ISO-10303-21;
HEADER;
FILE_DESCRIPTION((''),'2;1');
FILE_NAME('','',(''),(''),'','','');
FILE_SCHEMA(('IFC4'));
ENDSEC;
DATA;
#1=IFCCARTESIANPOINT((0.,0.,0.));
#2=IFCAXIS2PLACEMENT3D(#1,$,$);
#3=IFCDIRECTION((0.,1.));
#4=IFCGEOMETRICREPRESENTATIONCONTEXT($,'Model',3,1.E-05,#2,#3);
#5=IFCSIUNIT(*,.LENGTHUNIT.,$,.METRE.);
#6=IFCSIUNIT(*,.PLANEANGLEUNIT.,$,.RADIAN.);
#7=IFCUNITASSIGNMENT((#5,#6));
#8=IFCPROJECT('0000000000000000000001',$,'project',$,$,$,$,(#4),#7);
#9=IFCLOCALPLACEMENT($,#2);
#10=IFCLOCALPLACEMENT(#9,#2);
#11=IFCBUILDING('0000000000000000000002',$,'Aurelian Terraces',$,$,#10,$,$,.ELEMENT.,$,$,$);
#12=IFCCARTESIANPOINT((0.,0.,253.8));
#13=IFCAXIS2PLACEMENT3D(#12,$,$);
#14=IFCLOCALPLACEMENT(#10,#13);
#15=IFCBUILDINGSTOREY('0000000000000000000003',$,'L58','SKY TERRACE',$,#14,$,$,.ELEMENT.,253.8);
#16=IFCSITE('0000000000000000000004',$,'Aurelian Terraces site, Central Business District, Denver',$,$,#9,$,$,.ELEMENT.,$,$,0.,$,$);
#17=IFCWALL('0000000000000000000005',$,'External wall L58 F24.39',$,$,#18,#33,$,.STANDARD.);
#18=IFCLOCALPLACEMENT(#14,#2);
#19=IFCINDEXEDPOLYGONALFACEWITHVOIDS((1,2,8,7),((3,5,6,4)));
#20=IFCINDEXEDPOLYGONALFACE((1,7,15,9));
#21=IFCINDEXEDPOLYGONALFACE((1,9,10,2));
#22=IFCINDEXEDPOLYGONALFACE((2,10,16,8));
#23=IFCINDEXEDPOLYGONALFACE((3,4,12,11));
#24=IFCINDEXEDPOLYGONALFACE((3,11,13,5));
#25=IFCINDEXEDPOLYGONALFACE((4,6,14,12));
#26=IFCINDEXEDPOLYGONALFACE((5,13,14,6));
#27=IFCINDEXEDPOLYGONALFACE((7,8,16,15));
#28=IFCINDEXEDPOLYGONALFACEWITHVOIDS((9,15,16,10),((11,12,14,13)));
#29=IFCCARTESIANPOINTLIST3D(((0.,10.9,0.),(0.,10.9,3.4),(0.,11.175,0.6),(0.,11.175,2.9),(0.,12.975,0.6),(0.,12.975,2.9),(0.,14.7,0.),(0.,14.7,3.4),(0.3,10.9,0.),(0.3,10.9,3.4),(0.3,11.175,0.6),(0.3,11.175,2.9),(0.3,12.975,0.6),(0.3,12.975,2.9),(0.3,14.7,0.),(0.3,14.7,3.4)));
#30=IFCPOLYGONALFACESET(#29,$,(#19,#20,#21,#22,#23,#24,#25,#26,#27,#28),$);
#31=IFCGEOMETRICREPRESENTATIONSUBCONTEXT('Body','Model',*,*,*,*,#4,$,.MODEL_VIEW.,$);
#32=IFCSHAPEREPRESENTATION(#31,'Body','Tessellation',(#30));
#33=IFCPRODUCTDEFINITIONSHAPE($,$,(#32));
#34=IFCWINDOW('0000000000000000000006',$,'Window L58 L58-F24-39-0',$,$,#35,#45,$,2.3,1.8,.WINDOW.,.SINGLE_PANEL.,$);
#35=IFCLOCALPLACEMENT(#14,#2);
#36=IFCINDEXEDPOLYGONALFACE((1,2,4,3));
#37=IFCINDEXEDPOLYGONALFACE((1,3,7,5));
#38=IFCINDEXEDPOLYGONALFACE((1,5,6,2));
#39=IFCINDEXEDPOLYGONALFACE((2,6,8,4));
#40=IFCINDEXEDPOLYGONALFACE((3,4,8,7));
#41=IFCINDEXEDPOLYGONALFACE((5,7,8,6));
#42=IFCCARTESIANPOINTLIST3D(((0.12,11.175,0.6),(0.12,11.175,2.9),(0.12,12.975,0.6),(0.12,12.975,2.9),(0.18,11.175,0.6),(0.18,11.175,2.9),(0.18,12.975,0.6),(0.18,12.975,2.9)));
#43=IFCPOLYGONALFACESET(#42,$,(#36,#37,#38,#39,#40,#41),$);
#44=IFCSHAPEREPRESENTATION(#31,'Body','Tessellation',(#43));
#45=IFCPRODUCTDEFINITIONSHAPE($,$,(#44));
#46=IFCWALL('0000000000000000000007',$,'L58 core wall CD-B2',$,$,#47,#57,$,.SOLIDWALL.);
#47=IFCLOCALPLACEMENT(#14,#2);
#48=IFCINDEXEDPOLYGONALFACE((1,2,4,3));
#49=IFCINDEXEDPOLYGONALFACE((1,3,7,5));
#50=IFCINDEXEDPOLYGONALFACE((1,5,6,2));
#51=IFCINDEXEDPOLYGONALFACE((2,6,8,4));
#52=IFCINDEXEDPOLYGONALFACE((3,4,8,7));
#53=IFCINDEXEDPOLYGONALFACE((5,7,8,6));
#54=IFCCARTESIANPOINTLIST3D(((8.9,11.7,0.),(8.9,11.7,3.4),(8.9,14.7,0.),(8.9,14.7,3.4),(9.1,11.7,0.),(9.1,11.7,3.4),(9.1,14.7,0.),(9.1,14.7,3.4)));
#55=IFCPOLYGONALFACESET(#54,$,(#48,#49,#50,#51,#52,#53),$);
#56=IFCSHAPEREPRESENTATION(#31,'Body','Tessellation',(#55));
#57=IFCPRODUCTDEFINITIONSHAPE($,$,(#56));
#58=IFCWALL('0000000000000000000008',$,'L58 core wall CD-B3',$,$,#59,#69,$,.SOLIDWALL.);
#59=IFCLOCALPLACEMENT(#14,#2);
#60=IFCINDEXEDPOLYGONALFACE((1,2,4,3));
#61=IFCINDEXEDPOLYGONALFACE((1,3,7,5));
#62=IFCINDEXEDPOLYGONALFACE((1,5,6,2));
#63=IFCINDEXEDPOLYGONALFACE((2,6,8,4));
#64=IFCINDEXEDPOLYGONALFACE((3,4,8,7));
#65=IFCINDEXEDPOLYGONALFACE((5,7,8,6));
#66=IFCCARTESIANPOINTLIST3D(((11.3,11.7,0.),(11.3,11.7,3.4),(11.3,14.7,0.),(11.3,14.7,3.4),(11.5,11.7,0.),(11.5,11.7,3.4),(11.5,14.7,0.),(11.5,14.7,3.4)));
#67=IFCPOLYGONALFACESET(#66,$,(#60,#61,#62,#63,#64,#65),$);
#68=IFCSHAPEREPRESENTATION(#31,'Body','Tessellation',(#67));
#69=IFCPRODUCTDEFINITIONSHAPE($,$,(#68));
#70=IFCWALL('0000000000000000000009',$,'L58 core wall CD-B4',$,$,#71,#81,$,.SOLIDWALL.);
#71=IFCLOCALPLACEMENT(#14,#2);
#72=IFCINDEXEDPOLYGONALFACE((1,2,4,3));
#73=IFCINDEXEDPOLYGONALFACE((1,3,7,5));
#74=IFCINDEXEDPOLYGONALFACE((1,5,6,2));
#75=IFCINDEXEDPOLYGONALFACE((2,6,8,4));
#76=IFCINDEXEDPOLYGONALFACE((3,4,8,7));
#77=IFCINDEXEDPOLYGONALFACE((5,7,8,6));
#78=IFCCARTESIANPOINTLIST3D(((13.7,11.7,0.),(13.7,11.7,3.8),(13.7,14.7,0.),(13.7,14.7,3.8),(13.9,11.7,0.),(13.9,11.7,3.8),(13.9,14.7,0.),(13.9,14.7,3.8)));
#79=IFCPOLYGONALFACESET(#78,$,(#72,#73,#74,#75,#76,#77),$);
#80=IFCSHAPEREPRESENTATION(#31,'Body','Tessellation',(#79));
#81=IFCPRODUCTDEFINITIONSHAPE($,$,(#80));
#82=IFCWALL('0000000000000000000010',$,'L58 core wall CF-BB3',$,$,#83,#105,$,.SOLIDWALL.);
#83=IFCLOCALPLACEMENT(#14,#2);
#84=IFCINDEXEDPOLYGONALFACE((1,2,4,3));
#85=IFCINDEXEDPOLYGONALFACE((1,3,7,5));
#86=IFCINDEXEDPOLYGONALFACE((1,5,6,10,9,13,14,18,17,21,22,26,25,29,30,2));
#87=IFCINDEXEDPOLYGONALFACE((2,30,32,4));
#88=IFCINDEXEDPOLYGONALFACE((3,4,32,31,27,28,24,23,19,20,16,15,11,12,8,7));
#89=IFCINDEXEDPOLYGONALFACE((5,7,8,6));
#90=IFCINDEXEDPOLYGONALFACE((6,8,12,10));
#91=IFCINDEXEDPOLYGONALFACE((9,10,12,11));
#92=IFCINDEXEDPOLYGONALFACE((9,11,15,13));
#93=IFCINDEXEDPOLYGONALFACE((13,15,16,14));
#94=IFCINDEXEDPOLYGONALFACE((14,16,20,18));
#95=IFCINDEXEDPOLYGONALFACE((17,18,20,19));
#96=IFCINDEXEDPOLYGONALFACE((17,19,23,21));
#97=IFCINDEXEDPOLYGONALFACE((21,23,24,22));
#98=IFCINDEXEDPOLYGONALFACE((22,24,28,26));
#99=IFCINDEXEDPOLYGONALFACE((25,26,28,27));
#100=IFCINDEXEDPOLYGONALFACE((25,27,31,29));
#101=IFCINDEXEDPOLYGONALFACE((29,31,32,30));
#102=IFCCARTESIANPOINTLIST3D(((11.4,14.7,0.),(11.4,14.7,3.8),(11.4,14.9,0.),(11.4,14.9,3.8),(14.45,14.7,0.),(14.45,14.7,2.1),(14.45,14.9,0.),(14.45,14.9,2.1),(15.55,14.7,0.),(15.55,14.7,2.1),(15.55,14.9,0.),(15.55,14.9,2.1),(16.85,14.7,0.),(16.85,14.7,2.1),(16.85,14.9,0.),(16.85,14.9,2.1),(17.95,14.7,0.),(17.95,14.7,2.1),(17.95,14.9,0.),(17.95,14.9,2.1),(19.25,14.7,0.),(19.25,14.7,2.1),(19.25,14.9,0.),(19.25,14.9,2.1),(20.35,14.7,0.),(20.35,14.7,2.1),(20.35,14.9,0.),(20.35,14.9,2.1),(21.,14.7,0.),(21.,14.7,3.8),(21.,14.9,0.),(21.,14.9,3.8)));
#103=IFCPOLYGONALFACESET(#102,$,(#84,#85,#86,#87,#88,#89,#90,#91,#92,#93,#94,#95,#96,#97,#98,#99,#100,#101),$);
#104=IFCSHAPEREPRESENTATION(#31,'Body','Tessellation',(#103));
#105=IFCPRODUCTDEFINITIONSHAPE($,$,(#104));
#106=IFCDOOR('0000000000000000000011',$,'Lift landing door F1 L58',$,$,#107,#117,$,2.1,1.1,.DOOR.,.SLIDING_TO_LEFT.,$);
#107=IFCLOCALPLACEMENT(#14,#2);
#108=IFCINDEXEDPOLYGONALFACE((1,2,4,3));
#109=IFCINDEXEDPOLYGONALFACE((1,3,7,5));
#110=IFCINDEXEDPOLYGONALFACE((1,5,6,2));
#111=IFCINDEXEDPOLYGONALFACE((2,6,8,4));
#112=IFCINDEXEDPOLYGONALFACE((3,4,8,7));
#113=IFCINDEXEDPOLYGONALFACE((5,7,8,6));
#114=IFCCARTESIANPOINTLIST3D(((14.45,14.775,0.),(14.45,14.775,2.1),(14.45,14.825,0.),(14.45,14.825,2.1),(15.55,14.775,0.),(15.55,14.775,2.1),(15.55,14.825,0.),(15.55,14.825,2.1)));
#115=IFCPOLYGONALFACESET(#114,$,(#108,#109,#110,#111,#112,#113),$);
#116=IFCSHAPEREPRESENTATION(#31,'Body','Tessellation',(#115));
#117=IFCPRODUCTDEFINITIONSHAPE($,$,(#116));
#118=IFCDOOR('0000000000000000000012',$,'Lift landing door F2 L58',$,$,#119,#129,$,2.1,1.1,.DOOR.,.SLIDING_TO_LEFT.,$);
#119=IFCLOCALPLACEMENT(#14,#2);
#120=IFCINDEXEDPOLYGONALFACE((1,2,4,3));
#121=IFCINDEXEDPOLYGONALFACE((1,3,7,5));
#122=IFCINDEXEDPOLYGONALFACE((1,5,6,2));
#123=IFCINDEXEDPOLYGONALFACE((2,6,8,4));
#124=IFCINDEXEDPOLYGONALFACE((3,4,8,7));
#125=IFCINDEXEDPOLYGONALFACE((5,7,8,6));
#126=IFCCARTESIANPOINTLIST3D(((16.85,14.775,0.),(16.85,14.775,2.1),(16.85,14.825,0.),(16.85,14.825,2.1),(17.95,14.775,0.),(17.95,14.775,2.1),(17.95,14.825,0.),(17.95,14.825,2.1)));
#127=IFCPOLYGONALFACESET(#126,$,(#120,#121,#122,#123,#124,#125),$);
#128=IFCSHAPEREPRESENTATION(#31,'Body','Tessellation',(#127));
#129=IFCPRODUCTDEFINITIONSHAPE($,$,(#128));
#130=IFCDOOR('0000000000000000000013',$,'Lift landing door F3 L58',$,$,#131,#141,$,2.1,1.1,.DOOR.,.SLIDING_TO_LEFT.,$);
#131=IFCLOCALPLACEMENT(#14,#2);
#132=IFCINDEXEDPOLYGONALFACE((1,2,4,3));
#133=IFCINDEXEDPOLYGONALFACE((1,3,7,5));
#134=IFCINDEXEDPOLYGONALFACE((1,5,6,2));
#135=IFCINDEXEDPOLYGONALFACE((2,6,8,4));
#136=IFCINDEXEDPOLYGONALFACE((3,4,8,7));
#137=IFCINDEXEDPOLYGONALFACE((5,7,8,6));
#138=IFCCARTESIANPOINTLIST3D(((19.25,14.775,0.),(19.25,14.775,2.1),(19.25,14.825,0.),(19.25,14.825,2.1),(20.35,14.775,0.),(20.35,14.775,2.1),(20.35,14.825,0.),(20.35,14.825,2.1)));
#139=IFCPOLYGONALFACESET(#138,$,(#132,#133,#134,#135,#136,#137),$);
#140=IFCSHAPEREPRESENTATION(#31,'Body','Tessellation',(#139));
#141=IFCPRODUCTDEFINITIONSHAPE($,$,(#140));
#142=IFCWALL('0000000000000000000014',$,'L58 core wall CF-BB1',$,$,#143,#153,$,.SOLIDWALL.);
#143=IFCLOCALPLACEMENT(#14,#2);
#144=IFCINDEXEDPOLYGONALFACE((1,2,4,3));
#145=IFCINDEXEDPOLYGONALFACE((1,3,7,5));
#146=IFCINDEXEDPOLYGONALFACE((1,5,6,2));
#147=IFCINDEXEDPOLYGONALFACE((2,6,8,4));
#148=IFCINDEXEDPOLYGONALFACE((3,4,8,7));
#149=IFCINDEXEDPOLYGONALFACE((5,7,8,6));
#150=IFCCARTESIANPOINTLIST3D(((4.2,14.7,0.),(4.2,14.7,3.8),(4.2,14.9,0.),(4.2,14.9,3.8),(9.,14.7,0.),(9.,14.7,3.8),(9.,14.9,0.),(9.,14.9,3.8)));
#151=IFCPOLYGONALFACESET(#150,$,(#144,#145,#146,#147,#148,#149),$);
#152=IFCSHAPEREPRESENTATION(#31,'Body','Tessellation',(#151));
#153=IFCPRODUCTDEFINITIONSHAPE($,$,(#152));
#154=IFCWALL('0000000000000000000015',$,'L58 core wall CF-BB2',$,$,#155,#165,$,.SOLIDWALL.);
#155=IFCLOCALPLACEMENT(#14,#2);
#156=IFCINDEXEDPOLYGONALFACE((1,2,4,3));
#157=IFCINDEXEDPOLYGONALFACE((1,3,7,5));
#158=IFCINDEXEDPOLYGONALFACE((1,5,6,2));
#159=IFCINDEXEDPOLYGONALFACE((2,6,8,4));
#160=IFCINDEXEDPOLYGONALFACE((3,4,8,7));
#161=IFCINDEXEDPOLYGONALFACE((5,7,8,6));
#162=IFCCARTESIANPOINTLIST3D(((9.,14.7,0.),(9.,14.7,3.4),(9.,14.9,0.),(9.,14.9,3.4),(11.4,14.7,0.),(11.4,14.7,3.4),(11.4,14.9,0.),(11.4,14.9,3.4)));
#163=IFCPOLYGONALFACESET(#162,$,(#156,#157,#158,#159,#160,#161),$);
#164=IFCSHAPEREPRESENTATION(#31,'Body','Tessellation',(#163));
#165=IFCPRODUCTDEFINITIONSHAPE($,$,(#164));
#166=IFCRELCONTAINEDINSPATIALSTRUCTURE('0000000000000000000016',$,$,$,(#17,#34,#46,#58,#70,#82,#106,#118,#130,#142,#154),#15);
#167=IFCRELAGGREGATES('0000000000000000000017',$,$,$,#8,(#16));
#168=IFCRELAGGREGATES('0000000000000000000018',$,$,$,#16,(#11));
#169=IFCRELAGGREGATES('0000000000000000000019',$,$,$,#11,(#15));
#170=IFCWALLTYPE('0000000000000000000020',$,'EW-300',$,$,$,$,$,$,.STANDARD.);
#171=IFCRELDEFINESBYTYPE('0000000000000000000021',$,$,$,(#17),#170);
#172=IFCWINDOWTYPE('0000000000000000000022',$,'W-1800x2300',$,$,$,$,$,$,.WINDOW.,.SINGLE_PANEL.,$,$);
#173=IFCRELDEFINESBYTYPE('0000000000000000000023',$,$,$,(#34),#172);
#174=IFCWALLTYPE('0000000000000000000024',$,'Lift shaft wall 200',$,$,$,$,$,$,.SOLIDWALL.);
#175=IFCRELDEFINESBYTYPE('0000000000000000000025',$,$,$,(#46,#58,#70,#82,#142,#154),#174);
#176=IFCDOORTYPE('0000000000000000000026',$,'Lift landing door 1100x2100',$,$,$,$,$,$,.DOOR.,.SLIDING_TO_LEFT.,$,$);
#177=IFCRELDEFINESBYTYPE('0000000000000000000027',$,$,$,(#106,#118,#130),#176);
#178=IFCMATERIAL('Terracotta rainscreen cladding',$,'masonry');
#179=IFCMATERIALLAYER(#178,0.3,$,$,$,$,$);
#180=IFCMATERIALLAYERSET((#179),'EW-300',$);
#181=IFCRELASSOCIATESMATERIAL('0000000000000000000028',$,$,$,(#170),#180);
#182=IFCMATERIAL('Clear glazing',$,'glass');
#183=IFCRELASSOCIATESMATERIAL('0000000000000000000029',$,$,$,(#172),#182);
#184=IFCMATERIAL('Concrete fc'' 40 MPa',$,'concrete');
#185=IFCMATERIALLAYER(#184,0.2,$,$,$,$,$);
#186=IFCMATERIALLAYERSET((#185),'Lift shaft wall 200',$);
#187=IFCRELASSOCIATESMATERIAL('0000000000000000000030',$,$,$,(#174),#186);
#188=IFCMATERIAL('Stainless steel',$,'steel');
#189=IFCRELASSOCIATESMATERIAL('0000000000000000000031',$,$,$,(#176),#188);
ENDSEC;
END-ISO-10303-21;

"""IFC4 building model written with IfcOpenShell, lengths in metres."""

from ifc_helpers import new_model, si_unit, direction, frame, frame_2d, origin, place, context, subcontext, project, spatial, rectangle, extrude, source, transform, mapped, material, layer, layer_set, type_object, element, fill, save


model = new_model("IFC4")

# Units and contexts
model_context = context("Model", 3, precision=1e-05, world=origin(), true_north=direction((0.0, 1.0)))
body_context = subcontext(model_context, "Body", "Model", "MODEL_VIEW")
ifc_project = project(units=[si_unit("LENGTHUNIT", "METRE"), si_unit("PLANEANGLEUNIT", "RADIAN")], contexts=[model_context])

# Site, building, storey
site_placement = place(None, origin())
site = spatial("IfcSite", under=ifc_project, at=site_placement, Name="Aurelian Terraces site, Central Business District, Denver", CompositionType="ELEMENT", RefElevation=0.0)
building_placement = place(site_placement, origin())
building = spatial("IfcBuilding", under=site, at=building_placement, Name="Aurelian Terraces", CompositionType="ELEMENT")
storey_placement = place(building_placement, frame((0.0, 0.0, 253.8)))
storey = spatial("IfcBuildingStorey", under=building, at=storey_placement, Name="L58", Description="SKY TERRACE", CompositionType="ELEMENT", Elevation=253.8)

# Wall, opening, window
ifc_material_1 = material(Name="Terracotta rainscreen cladding", Category="masonry")
ifc_layer_1 = layer(ifc_material_1, 0.3)
ifc_layer_set_1 = layer_set([ifc_layer_1], Name="EW-300")
wall_type_1 = type_object("IfcWallType", Name="EW-300", PredefinedType="STANDARD", material=ifc_layer_set_1)
shared_shape_1 = source(origin(), body_context, "Body", "SweptSolid", [
    extrude(rectangle(XDim=3.8, YDim=0.3, at=frame_2d((1.9, 0.0))), origin(), (0.0, 0.0, 1.0), 3.4),
])
wall_1_placement = place(storey_placement, frame((0.15, 14.7, 0.0), z_axis=(0.0, 0.0, 1.0), x_axis=(0.0, -1.0, 0.0)))
wall_1 = element("IfcWall", 1, at=wall_1_placement, inside=storey, type_object=wall_type_1, Name="External wall L58 F24.39", PredefinedType="STANDARD", context=body_context, shape_type="MappedRepresentation", body=[
    mapped(shared_shape_1, transform((0.0, 0.0, 0.0), scale=1.0)),
])
shared_shape_2 = source(origin(), body_context, "Body", "SweptSolid", [
    extrude(rectangle(XDim=1.8, YDim=2.3, at=frame_2d((0.9, 1.15))), frame((0.0, 0.16, 0.0), z_axis=(0.0, -1.0, 0.0), x_axis=(1.0, 0.0, 0.0)), (0.0, 0.0, 1.0), 0.32),
])
opening_1_placement = place(wall_1_placement, frame((1.725, 0.0, 0.6)))
opening_1 = element("IfcOpeningElement", 2, at=opening_1_placement, cuts=wall_1, PredefinedType="OPENING", context=body_context, shape_type="MappedRepresentation", body=[
    mapped(shared_shape_2, transform((0.0, 0.0, 0.0), scale=1.0)),
])
ifc_material_2 = material(Name="Clear glazing", Category="glass")
window_type = type_object("IfcWindowType", Name="W-1800x2300", PartitioningType="SINGLE_PANEL", PredefinedType="WINDOW", material=ifc_material_2)
shared_shape_3 = source(origin(), body_context, "Body", "SweptSolid", [
    extrude(rectangle(XDim=1.8, YDim=2.3, at=frame_2d((0.9, 1.15))), frame((0.0, 0.03, 0.0), z_axis=(0.0, -1.0, 0.0), x_axis=(1.0, 0.0, 0.0)), (0.0, 0.0, 1.0), 0.06),
])
window_placement = place(opening_1_placement, origin())
window = element("IfcWindow", 3, at=window_placement, inside=storey, type_object=window_type, Name="Window L58 L58-F24-39-0", OverallHeight=2.3, OverallWidth=1.8, PartitioningType="SINGLE_PANEL", PredefinedType="WINDOW", context=body_context, shape_type="MappedRepresentation", body=[
    mapped(shared_shape_3, transform((0.0, 0.0, 0.0), scale=1.0)),
])
fill(opening_1, window)

# Walls
ifc_material_3 = material(Name="Concrete fc' 40 MPa", Category="concrete")
ifc_layer_2 = layer(ifc_material_3, 0.2)
ifc_layer_set_2 = layer_set([ifc_layer_2], Name="Lift shaft wall 200")
wall_type_2 = type_object("IfcWallType", Name="Lift shaft wall 200", PredefinedType="SOLIDWALL", material=ifc_layer_set_2)
shared_shape_4 = source(origin(), body_context, "Body", "SweptSolid", [
    extrude(rectangle(XDim=3.0, YDim=0.2, at=frame_2d((1.5, 0.0))), origin(), (0.0, 0.0, 1.0), 3.4),
])
for number, where, z_axis, x_axis, name in (
    (4, (9.0, 11.7, 0.0), (0.0, 0.0, 1.0), (0.0, 1.0, 0.0), "L58 core wall CD-B2"),
    (5, (11.4, 11.7, 0.0), (0.0, 0.0, 1.0), (0.0, 1.0, 0.0), "L58 core wall CD-B3"),
):
    element("IfcWall", number, at=place(storey_placement, frame(where, z_axis=z_axis, x_axis=x_axis)), inside=storey, type_object=wall_type_2, Name=name, PredefinedType="SOLIDWALL", context=body_context, shape_type="MappedRepresentation", body=[
        mapped(shared_shape_4, transform((0.0, 0.0, 0.0), scale=1.0)),
    ])
shared_shape_5 = source(origin(), body_context, "Body", "SweptSolid", [
    extrude(rectangle(XDim=3.0, YDim=0.2, at=frame_2d((1.5, 0.0))), origin(), (0.0, 0.0, 1.0), 3.8),
])
wall_2_placement = place(storey_placement, frame((13.8, 11.7, 0.0), z_axis=(0.0, 0.0, 1.0), x_axis=(0.0, 1.0, 0.0)))
element("IfcWall", 6, at=wall_2_placement, inside=storey, type_object=wall_type_2, Name="L58 core wall CD-B4", PredefinedType="SOLIDWALL", context=body_context, shape_type="MappedRepresentation", body=[
    mapped(shared_shape_5, transform((0.0, 0.0, 0.0), scale=1.0)),
])

# Wall, openings, doors
shared_shape_6 = source(origin(), body_context, "Body", "SweptSolid", [
    extrude(rectangle(XDim=9.6, YDim=0.2, at=frame_2d((4.8, 0.0))), origin(), (0.0, 0.0, 1.0), 3.8),
])
wall_3_placement = place(storey_placement, frame((11.4, 14.8, 0.0), z_axis=(0.0, 0.0, 1.0), x_axis=(1.0, 0.0, 0.0)))
wall_3 = element("IfcWall", 7, at=wall_3_placement, inside=storey, type_object=wall_type_2, Name="L58 core wall CF-BB3", PredefinedType="SOLIDWALL", context=body_context, shape_type="MappedRepresentation", body=[
    mapped(shared_shape_6, transform((0.0, 0.0, 0.0), scale=1.0)),
])
shared_shape_7 = source(origin(), body_context, "Body", "SweptSolid", [
    extrude(rectangle(XDim=1.1, YDim=2.1, at=frame_2d((0.55, 1.05))), frame((0.0, 0.11, 0.0), z_axis=(0.0, -1.0, 0.0), x_axis=(1.0, 0.0, 0.0)), (0.0, 0.0, 1.0), 0.22),
])
opening_2_placement = place(wall_3_placement, frame((3.05, 0.0, 0.0)))
opening_2 = element("IfcOpeningElement", 8, at=opening_2_placement, cuts=wall_3, PredefinedType="OPENING", context=body_context, shape_type="MappedRepresentation", body=[
    mapped(shared_shape_7, transform((0.0, 0.0, 0.0), scale=1.0)),
])
opening_3_placement = place(wall_3_placement, frame((5.45, 0.0, 0.0)))
opening_3 = element("IfcOpeningElement", 9, at=opening_3_placement, cuts=wall_3, PredefinedType="OPENING", context=body_context, shape_type="MappedRepresentation", body=[
    mapped(shared_shape_7, transform((0.0, 0.0, 0.0), scale=1.0)),
])
opening_4_placement = place(wall_3_placement, frame((7.85, 0.0, 0.0)))
opening_4 = element("IfcOpeningElement", 10, at=opening_4_placement, cuts=wall_3, PredefinedType="OPENING", context=body_context, shape_type="MappedRepresentation", body=[
    mapped(shared_shape_7, transform((0.0, 0.0, 0.0), scale=1.0)),
])
ifc_material_4 = material(Name="Stainless steel", Category="steel")
door_type_1 = type_object("IfcDoorType", Name="Lift landing door 1100x2100", OperationType="SLIDING_TO_LEFT", PredefinedType="DOOR", material=ifc_material_4)
shared_shape_8 = source(origin(), body_context, "Body", "SweptSolid", [
    extrude(rectangle(XDim=1.1, YDim=2.1, at=frame_2d((0.55, 1.05))), frame((0.0, 0.025, 0.0), z_axis=(0.0, -1.0, 0.0), x_axis=(1.0, 0.0, 0.0)), (0.0, 0.0, 1.0), 0.05),
])
door_1_placement = place(opening_2_placement, origin())
door_1 = element("IfcDoor", 11, at=door_1_placement, inside=storey, type_object=door_type_1, Name="Lift landing door F1 L58", OperationType="SLIDING_TO_LEFT", OverallHeight=2.1, OverallWidth=1.1, PredefinedType="DOOR", context=body_context, shape_type="MappedRepresentation", body=[
    mapped(shared_shape_8, transform((0.0, 0.0, 0.0), scale=1.0)),
])
fill(opening_2, door_1)
door_2_placement = place(opening_3_placement, origin())
door_2 = element("IfcDoor", 12, at=door_2_placement, inside=storey, type_object=door_type_1, Name="Lift landing door F2 L58", OperationType="SLIDING_TO_LEFT", OverallHeight=2.1, OverallWidth=1.1, PredefinedType="DOOR", context=body_context, shape_type="MappedRepresentation", body=[
    mapped(shared_shape_8, transform((0.0, 0.0, 0.0), scale=1.0)),
])
fill(opening_3, door_2)
door_3_placement = place(opening_4_placement, origin())
door_3 = element("IfcDoor", 13, at=door_3_placement, inside=storey, type_object=door_type_1, Name="Lift landing door F3 L58", OperationType="SLIDING_TO_LEFT", OverallHeight=2.1, OverallWidth=1.1, PredefinedType="DOOR", context=body_context, shape_type="MappedRepresentation", body=[
    mapped(shared_shape_8, transform((0.0, 0.0, 0.0), scale=1.0)),
])
fill(opening_4, door_3)

# Walls
shared_shape_9 = source(origin(), body_context, "Body", "SweptSolid", [
    extrude(rectangle(XDim=4.8, YDim=0.2, at=frame_2d((2.4, 0.0))), origin(), (0.0, 0.0, 1.0), 3.8),
])
wall_4_placement = place(storey_placement, frame((4.2, 14.8, 0.0), z_axis=(0.0, 0.0, 1.0), x_axis=(1.0, 0.0, 0.0)))
element("IfcWall", 14, at=wall_4_placement, inside=storey, type_object=wall_type_2, Name="L58 core wall CF-BB1", PredefinedType="SOLIDWALL", context=body_context, shape_type="MappedRepresentation", body=[
    mapped(shared_shape_9, transform((0.0, 0.0, 0.0), scale=1.0)),
])
shared_shape_10 = source(origin(), body_context, "Body", "SweptSolid", [
    extrude(rectangle(XDim=2.4, YDim=0.2, at=frame_2d((1.2, 0.0))), origin(), (0.0, 0.0, 1.0), 3.4),
])
wall_5_placement = place(storey_placement, frame((9.0, 14.8, 0.0), z_axis=(0.0, 0.0, 1.0), x_axis=(1.0, 0.0, 0.0)))
element("IfcWall", 15, at=wall_5_placement, inside=storey, type_object=wall_type_2, Name="L58 core wall CF-BB2", PredefinedType="SOLIDWALL", context=body_context, shape_type="MappedRepresentation", body=[
    mapped(shared_shape_10, transform((0.0, 0.0, 0.0), scale=1.0)),
])

save(model, "model.ifc")
